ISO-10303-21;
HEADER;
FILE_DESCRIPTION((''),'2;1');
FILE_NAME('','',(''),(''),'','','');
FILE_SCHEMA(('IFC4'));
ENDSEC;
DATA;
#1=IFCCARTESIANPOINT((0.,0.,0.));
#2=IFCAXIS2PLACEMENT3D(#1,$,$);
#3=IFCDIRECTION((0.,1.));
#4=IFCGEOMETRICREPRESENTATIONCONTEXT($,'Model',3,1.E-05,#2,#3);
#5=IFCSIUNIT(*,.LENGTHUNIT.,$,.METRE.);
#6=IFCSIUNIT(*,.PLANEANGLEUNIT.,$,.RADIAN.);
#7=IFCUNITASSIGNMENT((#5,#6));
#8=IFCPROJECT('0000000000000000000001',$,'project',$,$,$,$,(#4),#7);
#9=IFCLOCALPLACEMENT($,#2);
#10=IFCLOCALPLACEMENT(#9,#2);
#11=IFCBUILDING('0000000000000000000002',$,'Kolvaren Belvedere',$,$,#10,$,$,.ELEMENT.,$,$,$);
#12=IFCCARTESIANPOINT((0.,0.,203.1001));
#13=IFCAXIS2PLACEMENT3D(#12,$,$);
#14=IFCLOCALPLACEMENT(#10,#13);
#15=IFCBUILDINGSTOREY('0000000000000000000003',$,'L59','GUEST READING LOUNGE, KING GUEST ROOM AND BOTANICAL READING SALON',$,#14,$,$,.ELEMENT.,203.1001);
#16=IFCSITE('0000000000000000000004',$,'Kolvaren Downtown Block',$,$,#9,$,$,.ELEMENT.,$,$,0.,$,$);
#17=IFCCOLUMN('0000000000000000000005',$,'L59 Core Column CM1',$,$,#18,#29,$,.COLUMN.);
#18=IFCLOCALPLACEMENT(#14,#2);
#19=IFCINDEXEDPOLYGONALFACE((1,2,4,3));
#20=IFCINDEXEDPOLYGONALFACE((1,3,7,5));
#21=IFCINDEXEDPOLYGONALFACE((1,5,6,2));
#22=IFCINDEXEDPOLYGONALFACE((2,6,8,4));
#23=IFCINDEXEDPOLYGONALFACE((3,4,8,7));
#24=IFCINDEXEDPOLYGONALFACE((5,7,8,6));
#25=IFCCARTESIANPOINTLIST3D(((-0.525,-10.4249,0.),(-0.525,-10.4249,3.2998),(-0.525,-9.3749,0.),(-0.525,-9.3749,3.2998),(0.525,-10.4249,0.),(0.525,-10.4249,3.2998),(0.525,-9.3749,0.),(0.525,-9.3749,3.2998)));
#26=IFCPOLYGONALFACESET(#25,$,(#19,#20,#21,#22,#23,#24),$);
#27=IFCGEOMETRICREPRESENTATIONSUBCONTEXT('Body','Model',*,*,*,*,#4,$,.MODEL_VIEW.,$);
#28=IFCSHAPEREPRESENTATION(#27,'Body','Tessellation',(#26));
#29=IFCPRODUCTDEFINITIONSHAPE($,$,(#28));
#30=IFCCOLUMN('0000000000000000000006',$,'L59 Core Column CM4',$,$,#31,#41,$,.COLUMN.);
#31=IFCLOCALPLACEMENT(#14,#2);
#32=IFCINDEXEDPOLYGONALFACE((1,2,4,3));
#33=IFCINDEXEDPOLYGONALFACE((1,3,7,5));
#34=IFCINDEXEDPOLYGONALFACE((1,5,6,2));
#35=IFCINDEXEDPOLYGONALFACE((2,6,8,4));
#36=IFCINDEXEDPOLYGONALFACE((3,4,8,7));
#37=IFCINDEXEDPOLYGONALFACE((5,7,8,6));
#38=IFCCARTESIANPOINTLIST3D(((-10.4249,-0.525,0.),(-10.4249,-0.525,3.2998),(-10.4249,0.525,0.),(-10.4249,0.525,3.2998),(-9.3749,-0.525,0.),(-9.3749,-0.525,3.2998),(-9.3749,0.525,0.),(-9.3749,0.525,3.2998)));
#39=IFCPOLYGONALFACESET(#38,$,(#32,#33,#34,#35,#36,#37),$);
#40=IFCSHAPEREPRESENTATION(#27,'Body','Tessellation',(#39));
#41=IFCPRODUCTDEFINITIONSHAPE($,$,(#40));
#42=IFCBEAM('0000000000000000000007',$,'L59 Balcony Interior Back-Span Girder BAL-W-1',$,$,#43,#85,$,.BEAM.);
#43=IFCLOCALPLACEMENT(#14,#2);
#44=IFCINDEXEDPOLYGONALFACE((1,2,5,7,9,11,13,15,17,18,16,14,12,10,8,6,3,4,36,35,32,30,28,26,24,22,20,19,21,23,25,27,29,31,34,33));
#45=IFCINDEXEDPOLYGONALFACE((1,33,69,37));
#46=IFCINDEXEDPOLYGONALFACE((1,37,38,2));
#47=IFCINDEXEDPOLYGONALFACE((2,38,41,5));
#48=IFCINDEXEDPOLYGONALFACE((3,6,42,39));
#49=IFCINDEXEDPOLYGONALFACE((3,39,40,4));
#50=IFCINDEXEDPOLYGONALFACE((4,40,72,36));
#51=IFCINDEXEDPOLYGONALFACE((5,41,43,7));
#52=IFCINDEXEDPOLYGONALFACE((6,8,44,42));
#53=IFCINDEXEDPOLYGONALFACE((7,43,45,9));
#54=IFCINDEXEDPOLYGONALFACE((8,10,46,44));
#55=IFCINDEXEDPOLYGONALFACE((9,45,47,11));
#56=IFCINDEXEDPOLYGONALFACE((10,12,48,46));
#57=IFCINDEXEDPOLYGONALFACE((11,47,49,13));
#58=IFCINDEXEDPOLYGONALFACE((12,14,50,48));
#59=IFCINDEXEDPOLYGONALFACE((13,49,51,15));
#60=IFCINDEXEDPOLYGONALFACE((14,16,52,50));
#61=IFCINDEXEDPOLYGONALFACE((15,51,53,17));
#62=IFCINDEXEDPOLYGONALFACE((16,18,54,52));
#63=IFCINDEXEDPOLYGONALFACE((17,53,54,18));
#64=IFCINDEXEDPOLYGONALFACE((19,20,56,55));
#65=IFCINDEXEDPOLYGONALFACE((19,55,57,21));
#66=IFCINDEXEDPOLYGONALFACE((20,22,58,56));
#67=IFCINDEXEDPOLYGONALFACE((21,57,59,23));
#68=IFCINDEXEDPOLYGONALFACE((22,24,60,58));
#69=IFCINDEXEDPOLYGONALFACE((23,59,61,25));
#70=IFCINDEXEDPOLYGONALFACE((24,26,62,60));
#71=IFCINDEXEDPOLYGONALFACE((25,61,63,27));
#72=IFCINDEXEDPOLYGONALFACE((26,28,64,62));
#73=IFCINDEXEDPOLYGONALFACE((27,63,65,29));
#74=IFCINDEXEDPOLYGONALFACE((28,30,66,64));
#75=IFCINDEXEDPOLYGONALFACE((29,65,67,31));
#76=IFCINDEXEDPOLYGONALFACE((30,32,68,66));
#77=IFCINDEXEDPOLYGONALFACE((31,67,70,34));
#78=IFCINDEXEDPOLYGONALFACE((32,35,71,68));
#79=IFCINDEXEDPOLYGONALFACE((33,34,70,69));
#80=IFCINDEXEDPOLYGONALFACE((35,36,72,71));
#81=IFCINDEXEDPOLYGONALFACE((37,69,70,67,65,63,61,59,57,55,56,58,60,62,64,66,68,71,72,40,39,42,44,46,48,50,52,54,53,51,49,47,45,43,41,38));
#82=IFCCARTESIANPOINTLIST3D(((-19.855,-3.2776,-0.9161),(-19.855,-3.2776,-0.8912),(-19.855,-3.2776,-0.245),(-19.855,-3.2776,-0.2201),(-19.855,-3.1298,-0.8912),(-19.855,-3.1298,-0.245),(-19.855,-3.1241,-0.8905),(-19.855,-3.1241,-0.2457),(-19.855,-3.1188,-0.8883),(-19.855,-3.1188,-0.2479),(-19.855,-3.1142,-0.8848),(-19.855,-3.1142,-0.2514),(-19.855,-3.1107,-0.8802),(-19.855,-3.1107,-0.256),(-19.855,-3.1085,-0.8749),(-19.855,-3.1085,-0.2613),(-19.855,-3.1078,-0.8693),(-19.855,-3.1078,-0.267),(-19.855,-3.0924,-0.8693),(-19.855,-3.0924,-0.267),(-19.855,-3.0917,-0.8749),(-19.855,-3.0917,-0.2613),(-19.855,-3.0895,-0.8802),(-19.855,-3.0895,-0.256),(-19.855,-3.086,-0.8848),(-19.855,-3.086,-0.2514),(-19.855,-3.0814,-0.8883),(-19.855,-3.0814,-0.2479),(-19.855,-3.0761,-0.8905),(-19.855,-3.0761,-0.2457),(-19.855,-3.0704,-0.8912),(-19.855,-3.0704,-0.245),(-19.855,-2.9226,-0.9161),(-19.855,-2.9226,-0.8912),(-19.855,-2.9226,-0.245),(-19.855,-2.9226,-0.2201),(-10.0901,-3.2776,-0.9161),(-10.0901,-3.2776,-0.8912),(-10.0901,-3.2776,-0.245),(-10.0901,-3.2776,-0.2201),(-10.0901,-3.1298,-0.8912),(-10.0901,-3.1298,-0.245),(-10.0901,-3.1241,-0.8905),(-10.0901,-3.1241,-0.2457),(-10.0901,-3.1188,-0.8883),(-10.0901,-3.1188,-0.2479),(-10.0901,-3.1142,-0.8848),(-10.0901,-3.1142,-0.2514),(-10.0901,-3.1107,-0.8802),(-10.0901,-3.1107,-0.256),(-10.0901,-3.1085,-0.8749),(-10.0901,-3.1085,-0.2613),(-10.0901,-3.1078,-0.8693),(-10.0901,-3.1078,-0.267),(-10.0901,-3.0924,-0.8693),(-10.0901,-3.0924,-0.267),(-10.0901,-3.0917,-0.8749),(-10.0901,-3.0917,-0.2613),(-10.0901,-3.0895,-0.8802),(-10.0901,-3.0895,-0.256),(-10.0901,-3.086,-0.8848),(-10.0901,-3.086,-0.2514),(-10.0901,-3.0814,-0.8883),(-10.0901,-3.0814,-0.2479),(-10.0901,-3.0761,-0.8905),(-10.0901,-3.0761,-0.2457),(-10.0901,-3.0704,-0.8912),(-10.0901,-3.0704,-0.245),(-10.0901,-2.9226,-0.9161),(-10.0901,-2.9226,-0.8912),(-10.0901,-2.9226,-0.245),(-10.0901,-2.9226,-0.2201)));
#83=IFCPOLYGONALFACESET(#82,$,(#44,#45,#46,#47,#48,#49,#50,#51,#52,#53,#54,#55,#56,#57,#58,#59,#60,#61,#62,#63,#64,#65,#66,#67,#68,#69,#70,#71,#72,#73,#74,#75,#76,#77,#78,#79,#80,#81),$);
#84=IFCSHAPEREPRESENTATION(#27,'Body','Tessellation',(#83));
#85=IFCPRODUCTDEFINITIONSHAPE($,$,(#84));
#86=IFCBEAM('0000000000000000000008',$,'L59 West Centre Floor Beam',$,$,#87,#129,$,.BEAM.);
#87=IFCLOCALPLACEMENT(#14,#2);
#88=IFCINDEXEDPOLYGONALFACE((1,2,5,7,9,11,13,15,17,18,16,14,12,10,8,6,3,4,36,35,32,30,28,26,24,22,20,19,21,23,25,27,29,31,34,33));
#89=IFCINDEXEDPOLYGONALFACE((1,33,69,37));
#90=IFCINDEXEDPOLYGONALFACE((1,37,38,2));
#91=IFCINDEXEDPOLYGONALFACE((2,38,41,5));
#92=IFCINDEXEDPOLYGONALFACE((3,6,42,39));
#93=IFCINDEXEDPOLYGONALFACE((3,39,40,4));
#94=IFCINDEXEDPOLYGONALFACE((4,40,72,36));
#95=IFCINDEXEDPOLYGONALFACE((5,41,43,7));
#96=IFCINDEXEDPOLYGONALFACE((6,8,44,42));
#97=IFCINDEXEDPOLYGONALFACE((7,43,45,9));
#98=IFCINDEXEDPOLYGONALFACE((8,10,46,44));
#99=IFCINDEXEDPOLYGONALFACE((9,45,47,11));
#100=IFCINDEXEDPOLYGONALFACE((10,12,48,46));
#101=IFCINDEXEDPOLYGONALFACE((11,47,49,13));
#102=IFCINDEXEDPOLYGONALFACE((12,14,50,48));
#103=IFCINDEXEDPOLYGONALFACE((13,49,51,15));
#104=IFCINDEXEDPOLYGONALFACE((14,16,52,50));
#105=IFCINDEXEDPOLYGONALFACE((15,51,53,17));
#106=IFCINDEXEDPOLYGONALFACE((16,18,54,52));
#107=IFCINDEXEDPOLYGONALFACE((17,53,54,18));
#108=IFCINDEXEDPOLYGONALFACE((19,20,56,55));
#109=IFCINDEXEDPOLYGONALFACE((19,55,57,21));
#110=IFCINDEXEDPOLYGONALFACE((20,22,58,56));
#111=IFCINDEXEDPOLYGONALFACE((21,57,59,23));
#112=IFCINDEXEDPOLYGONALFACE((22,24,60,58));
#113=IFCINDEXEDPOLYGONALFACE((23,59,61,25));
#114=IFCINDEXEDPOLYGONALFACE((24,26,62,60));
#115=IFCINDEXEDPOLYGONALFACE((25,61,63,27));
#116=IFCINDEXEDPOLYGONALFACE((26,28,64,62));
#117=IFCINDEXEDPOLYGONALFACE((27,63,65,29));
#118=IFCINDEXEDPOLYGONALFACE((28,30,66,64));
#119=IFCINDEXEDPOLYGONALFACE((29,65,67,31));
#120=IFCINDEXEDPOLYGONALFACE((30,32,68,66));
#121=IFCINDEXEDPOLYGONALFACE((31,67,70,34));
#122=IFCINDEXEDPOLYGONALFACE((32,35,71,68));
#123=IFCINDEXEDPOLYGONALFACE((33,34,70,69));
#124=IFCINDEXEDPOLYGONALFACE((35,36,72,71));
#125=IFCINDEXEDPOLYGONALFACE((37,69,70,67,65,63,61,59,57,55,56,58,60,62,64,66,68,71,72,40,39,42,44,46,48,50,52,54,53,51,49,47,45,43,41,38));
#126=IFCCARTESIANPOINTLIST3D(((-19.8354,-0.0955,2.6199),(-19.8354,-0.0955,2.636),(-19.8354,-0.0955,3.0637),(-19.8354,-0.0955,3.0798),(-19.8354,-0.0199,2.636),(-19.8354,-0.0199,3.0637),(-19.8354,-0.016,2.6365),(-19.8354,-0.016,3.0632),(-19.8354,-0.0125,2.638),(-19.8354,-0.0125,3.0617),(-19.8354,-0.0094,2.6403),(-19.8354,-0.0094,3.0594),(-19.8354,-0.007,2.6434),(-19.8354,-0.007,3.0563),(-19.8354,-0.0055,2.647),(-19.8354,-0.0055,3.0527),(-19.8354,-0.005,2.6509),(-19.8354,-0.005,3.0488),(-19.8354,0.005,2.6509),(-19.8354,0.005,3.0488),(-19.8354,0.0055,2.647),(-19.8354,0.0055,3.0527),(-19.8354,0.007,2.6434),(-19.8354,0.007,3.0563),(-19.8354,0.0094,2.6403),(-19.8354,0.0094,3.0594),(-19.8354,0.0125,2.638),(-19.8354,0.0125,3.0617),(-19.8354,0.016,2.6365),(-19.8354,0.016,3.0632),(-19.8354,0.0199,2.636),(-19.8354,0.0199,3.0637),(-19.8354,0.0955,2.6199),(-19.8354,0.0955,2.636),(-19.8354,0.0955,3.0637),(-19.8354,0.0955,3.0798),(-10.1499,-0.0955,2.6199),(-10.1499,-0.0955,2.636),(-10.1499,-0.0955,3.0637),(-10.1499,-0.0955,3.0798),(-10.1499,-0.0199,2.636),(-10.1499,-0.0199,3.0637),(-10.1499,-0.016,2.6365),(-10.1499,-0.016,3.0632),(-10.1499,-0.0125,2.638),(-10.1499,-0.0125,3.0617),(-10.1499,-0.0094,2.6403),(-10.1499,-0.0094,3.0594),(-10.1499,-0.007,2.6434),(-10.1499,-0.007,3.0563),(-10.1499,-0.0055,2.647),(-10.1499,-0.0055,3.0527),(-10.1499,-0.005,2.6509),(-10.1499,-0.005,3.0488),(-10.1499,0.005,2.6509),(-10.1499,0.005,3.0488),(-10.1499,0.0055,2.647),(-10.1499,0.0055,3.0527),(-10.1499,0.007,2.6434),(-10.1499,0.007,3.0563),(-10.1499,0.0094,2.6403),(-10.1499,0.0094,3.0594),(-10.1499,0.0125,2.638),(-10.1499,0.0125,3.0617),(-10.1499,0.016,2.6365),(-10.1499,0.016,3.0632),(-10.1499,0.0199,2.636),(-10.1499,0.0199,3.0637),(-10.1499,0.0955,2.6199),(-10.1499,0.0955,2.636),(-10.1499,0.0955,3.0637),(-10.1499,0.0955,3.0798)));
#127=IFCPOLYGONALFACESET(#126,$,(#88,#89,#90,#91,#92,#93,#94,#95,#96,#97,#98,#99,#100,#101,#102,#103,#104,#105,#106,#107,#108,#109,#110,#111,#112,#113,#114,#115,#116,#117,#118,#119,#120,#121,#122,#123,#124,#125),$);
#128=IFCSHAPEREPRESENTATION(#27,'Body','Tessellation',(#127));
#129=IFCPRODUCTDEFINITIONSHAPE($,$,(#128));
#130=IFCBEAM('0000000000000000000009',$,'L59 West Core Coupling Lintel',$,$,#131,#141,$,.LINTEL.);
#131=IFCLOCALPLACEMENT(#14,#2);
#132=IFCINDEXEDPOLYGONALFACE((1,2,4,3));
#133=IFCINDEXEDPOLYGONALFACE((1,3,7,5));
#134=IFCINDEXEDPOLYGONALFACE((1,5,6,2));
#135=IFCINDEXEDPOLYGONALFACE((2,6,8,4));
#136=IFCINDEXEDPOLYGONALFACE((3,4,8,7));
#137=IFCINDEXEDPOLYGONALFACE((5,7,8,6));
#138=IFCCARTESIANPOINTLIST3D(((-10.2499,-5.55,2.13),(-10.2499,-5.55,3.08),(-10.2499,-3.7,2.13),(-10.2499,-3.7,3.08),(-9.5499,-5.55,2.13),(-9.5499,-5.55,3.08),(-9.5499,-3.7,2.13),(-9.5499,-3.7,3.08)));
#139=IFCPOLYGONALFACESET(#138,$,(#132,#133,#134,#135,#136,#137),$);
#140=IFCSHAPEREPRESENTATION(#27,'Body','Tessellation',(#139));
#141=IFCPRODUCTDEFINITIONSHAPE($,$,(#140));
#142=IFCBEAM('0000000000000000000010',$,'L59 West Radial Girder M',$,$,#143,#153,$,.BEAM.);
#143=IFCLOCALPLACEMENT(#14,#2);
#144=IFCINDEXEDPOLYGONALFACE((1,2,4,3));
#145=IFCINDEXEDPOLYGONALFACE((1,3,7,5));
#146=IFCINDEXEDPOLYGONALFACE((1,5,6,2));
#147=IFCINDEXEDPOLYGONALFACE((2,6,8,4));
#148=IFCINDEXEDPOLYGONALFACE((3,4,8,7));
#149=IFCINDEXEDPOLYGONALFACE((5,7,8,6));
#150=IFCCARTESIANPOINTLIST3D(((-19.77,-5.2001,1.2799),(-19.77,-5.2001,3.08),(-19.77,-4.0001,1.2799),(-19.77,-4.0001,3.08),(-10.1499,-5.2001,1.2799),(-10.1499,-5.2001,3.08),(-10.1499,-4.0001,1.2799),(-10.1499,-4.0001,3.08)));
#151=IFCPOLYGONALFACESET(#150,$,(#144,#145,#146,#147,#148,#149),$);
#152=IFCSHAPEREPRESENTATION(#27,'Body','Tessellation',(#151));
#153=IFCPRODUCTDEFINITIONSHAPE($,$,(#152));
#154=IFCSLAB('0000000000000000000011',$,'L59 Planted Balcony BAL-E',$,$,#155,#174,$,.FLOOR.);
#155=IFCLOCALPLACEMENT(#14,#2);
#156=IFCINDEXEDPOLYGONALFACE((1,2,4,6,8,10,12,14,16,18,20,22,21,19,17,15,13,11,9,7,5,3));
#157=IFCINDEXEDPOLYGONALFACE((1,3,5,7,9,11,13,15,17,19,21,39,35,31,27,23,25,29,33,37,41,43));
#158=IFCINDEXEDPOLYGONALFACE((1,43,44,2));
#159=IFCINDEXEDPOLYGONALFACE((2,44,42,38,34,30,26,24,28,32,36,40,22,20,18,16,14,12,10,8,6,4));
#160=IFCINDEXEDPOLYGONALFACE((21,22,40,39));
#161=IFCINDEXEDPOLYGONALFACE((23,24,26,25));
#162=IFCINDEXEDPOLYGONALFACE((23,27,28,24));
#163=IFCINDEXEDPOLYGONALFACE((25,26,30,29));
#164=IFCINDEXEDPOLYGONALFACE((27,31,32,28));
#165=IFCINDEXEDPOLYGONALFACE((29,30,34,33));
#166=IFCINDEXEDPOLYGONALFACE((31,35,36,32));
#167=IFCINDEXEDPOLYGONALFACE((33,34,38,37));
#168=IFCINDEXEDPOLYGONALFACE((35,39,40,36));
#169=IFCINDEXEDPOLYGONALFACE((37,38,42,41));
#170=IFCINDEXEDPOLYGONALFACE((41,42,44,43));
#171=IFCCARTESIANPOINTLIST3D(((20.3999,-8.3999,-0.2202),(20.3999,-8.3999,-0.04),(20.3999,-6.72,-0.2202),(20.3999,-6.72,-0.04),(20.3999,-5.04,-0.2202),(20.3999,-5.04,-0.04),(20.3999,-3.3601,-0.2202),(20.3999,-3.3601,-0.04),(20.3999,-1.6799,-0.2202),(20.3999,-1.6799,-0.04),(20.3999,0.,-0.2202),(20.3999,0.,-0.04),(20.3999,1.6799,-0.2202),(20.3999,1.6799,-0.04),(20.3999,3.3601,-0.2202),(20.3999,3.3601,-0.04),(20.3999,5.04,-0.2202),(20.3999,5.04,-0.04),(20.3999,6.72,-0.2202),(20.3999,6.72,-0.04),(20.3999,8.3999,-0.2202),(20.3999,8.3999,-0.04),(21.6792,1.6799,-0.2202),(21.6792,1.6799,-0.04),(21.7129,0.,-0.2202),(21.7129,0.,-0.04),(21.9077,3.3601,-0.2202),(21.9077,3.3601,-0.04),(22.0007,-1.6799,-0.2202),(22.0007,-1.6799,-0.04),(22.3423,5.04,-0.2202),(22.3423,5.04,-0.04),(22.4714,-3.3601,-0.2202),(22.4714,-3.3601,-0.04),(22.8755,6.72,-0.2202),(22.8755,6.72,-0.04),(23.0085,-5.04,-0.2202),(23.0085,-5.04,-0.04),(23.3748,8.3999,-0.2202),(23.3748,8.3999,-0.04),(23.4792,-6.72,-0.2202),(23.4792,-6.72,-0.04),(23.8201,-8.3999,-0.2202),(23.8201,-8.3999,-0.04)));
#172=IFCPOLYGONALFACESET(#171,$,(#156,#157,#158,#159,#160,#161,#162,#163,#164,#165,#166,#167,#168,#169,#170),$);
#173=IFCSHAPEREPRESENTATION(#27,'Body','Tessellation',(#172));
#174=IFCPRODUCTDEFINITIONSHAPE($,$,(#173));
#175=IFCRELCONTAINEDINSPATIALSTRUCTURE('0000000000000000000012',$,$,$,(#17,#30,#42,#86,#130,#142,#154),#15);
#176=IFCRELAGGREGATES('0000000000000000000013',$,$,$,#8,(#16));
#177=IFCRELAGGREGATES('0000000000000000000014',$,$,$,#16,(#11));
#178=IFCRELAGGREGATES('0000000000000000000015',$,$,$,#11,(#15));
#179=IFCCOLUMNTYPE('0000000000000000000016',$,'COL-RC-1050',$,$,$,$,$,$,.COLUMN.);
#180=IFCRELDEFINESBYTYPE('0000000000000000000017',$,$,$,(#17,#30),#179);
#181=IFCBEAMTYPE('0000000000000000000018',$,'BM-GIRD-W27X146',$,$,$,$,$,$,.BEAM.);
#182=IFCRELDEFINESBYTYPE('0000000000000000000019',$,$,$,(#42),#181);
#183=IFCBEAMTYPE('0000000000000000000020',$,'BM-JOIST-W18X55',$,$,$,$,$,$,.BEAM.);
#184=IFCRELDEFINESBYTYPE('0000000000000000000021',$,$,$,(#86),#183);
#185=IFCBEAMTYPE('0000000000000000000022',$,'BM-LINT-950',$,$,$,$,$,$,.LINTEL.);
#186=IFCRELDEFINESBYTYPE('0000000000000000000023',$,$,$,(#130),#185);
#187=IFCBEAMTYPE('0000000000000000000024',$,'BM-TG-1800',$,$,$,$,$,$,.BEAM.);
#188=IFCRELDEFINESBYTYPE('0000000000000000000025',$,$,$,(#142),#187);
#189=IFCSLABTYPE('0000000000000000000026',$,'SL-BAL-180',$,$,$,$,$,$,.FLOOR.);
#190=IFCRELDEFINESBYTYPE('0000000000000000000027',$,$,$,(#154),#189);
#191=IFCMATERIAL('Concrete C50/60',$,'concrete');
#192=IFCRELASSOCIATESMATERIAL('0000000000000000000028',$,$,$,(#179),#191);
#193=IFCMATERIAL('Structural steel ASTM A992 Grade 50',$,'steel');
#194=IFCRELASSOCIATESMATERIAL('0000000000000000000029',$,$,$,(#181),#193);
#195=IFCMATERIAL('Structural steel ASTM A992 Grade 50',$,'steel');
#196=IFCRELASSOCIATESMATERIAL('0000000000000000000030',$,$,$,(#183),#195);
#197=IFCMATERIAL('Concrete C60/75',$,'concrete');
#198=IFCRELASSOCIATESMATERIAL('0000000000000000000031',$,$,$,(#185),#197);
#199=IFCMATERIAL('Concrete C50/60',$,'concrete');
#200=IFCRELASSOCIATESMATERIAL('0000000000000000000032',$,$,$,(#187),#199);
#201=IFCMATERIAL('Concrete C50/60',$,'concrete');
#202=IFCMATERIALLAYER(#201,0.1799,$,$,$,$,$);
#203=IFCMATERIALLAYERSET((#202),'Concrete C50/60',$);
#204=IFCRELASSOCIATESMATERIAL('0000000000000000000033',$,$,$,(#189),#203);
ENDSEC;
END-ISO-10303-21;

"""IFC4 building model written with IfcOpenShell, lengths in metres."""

from ifc_helpers import new_model, si_unit, direction, frame, origin, origin_2d, place, context, subcontext, project, spatial, polyline, rectangle, i_section, outline, extrude, material, layer, layer_set, material_profile, profile_set, type_object, element, save


model = new_model("IFC4")

# Units and contexts
model_context = context("Model", 3, precision=1e-05, world=origin(), true_north=direction((0.0, 1.0)))
body_context = subcontext(model_context, "Body", "Model", "MODEL_VIEW")
ifc_project = project(units=[si_unit("LENGTHUNIT", "METRE"), si_unit("PLANEANGLEUNIT", "RADIAN")], contexts=[model_context])

# Site, building, storey
site_placement = place(None, origin())
site = spatial("IfcSite", under=ifc_project, at=site_placement, Name="Kolvaren Downtown Block", CompositionType="ELEMENT", RefElevation=0.0)
building_placement = place(site_placement, origin())
building = spatial("IfcBuilding", under=site, at=building_placement, Name="Kolvaren Belvedere", CompositionType="ELEMENT")
storey_placement = place(building_placement, frame((0.0, 0.0, 203.1001)))
storey = spatial("IfcBuildingStorey", under=building, at=storey_placement, Name="L59", Description="GUEST READING LOUNGE, KING GUEST ROOM AND BOTANICAL READING SALON", CompositionType="ELEMENT", Elevation=203.1001)

# Columns
ifc_material_1 = material(Name="Concrete C50/60", Category="concrete")
ifc_material_profile_1 = material_profile(ifc_material_1, rectangle(XDim=1.05, YDim=1.05, at=origin_2d()), Name="RC 1050X1050")
ifc_profile_set_1 = profile_set([ifc_material_profile_1], Name="Concrete C50/60")
column_type = type_object("IfcColumnType", Name="COL-RC-1050", PredefinedType="COLUMN", material=ifc_profile_set_1)
for number, where, z_axis, x_axis, name in (
    (1, (0.0, -9.8999, 0.0), (0.0, 0.0, 1.0), (1.0, 0.0, 0.0), "L59 Core Column CM1"),
    (2, (-9.8999, 0.0, 0.0), (0.0, 0.0, 1.0), (1.0, 0.0, 0.0), "L59 Core Column CM4"),
):
    element("IfcColumn", number, at=place(storey_placement, frame(where, z_axis=z_axis, x_axis=x_axis)), inside=storey, type_object=column_type, Name=name, PredefinedType="COLUMN", context=body_context, shape_type="SweptSolid", body=[
        extrude(rectangle(XDim=1.05, YDim=1.05, at=origin_2d()), origin(), (0.0, 0.0, 1.0), 3.2998),
    ])

# Beams
ifc_material_2 = material(Name="Structural steel ASTM A992 Grade 50", Category="steel")
ifc_material_profile_2 = material_profile(ifc_material_2, i_section(OverallWidth=0.355, OverallDepth=0.696, WebThickness=0.0154, FlangeThickness=0.0249, FilletRadius=0.022, at=origin_2d()), Name="W27X146")
ifc_profile_set_2 = profile_set([ifc_material_profile_2], Name="Structural steel ASTM A992 Grade 50")
beam_type_1 = type_object("IfcBeamType", Name="BM-GIRD-W27X146", PredefinedType="BEAM", material=ifc_profile_set_2)
beam_1_placement = place(storey_placement, frame((-10.0901, -3.1001, -0.5681), z_axis=(-1.0, 0.0, 0.0), x_axis=(0.0, -1.0, 0.0)))
element("IfcBeam", 3, at=beam_1_placement, inside=storey, type_object=beam_type_1, Name="L59 Balcony Interior Back-Span Girder BAL-W-1", PredefinedType="BEAM", context=body_context, shape_type="SweptSolid", body=[
    extrude(i_section(OverallWidth=0.355, OverallDepth=0.696, WebThickness=0.0154, FlangeThickness=0.0249, FilletRadius=0.022, at=origin_2d()), origin(), (0.0, 0.0, 1.0), 9.7649),
])
ifc_material_3 = material(Name="Structural steel ASTM A992 Grade 50", Category="steel")
ifc_material_profile_3 = material_profile(ifc_material_3, i_section(OverallWidth=0.1909, OverallDepth=0.46, WebThickness=0.01, FlangeThickness=0.0161, FilletRadius=0.0149, at=origin_2d()), Name="W18X55")
ifc_profile_set_3 = profile_set([ifc_material_profile_3], Name="Structural steel ASTM A992 Grade 50")
beam_type_2 = type_object("IfcBeamType", Name="BM-JOIST-W18X55", PredefinedType="BEAM", material=ifc_profile_set_3)
beam_2_placement = place(storey_placement, frame((-10.1499, 0.0, 2.8499), z_axis=(-1.0, 0.0, 0.0), x_axis=(0.0, -1.0, 0.0)))
element("IfcBeam", 4, at=beam_2_placement, inside=storey, type_object=beam_type_2, Name="L59 West Centre Floor Beam", PredefinedType="BEAM", context=body_context, shape_type="SweptSolid", body=[
    extrude(i_section(OverallWidth=0.1909, OverallDepth=0.46, WebThickness=0.01, FlangeThickness=0.0161, FilletRadius=0.0149, at=origin_2d()), origin(), (0.0, 0.0, 1.0), 9.6855),
])
ifc_material_4 = material(Name="Concrete C60/75", Category="concrete")
ifc_material_profile_4 = material_profile(ifc_material_4, rectangle(XDim=0.7, YDim=0.95, at=origin_2d()), Name="RC 700X950")
ifc_profile_set_4 = profile_set([ifc_material_profile_4], Name="Concrete C60/75")
beam_type_3 = type_object("IfcBeamType", Name="BM-LINT-950", PredefinedType="LINTEL", material=ifc_profile_set_4)
beam_3_placement = place(storey_placement, frame((-9.8999, -5.55, 2.605), z_axis=(0.0, 1.0, 0.0), x_axis=(-1.0, 0.0, 0.0)))
element("IfcBeam", 5, at=beam_3_placement, inside=storey, type_object=beam_type_3, Name="L59 West Core Coupling Lintel", PredefinedType="LINTEL", context=body_context, shape_type="SweptSolid", body=[
    extrude(rectangle(XDim=0.7, YDim=0.95, at=origin_2d()), origin(), (0.0, 0.0, 1.0), 1.8501),
])
ifc_material_5 = material(Name="Concrete C50/60", Category="concrete")
ifc_material_profile_5 = material_profile(ifc_material_5, rectangle(XDim=1.2, YDim=1.8, at=origin_2d()), Name="RC 1200X1800")
ifc_profile_set_5 = profile_set([ifc_material_profile_5], Name="Concrete C50/60")
beam_type_4 = type_object("IfcBeamType", Name="BM-TG-1800", PredefinedType="BEAM", material=ifc_profile_set_5)
beam_4_placement = place(storey_placement, frame((-10.1499, -4.6001, 2.1799), z_axis=(-1.0, 0.0, 0.0), x_axis=(0.0, -1.0, 0.0)))
element("IfcBeam", 6, at=beam_4_placement, inside=storey, type_object=beam_type_4, Name="L59 West Radial Girder M", PredefinedType="BEAM", context=body_context, shape_type="SweptSolid", body=[
    extrude(rectangle(XDim=1.2, YDim=1.8, at=origin_2d()), origin(), (0.0, 0.0, 1.0), 9.6201),
])

# Slab
ifc_material_6 = material(Name="Concrete C50/60", Category="concrete")
ifc_layer_1 = layer(ifc_material_6, 0.1799)
ifc_layer_set_1 = layer_set([ifc_layer_1], Name="Concrete C50/60")
slab_type_1 = type_object("IfcSlabType", Name="SL-BAL-180", PredefinedType="FLOOR", material=ifc_layer_set_1)
slab_1_placement = place(storey_placement, frame((0.0, 0.0, -0.2202)))
element("IfcSlab", 7, at=slab_1_placement, inside=storey, type_object=slab_type_1, Name="L59 Planted Balcony BAL-E", PredefinedType="FLOOR", context=body_context, shape_type="SweptSolid", body=[
    extrude(outline(polyline([(23.8201, -8.3999), (23.4792, -6.72), (23.0085, -5.04), (22.4714, -3.3601), (22.0007, -1.6799), (21.7129, 0.0), (21.6792, 1.6799), (21.9077, 3.3601), (22.3423, 5.04), (22.8755, 6.72), (23.3748, 8.3999), (20.3999, 8.3999), (20.3999, 6.72), (20.3999, 5.04), (20.3999, 3.3601), (20.3999, 1.6799), (20.3999, 0.0), (20.3999, -1.6799), (20.3999, -3.3601), (20.3999, -5.04), (20.3999, -6.72), (20.3999, -8.3999), (23.8201, -8.3999)])), origin(), (0.0, 0.0, 1.0), 0.1802),
])

save(model, "model.ifc")
